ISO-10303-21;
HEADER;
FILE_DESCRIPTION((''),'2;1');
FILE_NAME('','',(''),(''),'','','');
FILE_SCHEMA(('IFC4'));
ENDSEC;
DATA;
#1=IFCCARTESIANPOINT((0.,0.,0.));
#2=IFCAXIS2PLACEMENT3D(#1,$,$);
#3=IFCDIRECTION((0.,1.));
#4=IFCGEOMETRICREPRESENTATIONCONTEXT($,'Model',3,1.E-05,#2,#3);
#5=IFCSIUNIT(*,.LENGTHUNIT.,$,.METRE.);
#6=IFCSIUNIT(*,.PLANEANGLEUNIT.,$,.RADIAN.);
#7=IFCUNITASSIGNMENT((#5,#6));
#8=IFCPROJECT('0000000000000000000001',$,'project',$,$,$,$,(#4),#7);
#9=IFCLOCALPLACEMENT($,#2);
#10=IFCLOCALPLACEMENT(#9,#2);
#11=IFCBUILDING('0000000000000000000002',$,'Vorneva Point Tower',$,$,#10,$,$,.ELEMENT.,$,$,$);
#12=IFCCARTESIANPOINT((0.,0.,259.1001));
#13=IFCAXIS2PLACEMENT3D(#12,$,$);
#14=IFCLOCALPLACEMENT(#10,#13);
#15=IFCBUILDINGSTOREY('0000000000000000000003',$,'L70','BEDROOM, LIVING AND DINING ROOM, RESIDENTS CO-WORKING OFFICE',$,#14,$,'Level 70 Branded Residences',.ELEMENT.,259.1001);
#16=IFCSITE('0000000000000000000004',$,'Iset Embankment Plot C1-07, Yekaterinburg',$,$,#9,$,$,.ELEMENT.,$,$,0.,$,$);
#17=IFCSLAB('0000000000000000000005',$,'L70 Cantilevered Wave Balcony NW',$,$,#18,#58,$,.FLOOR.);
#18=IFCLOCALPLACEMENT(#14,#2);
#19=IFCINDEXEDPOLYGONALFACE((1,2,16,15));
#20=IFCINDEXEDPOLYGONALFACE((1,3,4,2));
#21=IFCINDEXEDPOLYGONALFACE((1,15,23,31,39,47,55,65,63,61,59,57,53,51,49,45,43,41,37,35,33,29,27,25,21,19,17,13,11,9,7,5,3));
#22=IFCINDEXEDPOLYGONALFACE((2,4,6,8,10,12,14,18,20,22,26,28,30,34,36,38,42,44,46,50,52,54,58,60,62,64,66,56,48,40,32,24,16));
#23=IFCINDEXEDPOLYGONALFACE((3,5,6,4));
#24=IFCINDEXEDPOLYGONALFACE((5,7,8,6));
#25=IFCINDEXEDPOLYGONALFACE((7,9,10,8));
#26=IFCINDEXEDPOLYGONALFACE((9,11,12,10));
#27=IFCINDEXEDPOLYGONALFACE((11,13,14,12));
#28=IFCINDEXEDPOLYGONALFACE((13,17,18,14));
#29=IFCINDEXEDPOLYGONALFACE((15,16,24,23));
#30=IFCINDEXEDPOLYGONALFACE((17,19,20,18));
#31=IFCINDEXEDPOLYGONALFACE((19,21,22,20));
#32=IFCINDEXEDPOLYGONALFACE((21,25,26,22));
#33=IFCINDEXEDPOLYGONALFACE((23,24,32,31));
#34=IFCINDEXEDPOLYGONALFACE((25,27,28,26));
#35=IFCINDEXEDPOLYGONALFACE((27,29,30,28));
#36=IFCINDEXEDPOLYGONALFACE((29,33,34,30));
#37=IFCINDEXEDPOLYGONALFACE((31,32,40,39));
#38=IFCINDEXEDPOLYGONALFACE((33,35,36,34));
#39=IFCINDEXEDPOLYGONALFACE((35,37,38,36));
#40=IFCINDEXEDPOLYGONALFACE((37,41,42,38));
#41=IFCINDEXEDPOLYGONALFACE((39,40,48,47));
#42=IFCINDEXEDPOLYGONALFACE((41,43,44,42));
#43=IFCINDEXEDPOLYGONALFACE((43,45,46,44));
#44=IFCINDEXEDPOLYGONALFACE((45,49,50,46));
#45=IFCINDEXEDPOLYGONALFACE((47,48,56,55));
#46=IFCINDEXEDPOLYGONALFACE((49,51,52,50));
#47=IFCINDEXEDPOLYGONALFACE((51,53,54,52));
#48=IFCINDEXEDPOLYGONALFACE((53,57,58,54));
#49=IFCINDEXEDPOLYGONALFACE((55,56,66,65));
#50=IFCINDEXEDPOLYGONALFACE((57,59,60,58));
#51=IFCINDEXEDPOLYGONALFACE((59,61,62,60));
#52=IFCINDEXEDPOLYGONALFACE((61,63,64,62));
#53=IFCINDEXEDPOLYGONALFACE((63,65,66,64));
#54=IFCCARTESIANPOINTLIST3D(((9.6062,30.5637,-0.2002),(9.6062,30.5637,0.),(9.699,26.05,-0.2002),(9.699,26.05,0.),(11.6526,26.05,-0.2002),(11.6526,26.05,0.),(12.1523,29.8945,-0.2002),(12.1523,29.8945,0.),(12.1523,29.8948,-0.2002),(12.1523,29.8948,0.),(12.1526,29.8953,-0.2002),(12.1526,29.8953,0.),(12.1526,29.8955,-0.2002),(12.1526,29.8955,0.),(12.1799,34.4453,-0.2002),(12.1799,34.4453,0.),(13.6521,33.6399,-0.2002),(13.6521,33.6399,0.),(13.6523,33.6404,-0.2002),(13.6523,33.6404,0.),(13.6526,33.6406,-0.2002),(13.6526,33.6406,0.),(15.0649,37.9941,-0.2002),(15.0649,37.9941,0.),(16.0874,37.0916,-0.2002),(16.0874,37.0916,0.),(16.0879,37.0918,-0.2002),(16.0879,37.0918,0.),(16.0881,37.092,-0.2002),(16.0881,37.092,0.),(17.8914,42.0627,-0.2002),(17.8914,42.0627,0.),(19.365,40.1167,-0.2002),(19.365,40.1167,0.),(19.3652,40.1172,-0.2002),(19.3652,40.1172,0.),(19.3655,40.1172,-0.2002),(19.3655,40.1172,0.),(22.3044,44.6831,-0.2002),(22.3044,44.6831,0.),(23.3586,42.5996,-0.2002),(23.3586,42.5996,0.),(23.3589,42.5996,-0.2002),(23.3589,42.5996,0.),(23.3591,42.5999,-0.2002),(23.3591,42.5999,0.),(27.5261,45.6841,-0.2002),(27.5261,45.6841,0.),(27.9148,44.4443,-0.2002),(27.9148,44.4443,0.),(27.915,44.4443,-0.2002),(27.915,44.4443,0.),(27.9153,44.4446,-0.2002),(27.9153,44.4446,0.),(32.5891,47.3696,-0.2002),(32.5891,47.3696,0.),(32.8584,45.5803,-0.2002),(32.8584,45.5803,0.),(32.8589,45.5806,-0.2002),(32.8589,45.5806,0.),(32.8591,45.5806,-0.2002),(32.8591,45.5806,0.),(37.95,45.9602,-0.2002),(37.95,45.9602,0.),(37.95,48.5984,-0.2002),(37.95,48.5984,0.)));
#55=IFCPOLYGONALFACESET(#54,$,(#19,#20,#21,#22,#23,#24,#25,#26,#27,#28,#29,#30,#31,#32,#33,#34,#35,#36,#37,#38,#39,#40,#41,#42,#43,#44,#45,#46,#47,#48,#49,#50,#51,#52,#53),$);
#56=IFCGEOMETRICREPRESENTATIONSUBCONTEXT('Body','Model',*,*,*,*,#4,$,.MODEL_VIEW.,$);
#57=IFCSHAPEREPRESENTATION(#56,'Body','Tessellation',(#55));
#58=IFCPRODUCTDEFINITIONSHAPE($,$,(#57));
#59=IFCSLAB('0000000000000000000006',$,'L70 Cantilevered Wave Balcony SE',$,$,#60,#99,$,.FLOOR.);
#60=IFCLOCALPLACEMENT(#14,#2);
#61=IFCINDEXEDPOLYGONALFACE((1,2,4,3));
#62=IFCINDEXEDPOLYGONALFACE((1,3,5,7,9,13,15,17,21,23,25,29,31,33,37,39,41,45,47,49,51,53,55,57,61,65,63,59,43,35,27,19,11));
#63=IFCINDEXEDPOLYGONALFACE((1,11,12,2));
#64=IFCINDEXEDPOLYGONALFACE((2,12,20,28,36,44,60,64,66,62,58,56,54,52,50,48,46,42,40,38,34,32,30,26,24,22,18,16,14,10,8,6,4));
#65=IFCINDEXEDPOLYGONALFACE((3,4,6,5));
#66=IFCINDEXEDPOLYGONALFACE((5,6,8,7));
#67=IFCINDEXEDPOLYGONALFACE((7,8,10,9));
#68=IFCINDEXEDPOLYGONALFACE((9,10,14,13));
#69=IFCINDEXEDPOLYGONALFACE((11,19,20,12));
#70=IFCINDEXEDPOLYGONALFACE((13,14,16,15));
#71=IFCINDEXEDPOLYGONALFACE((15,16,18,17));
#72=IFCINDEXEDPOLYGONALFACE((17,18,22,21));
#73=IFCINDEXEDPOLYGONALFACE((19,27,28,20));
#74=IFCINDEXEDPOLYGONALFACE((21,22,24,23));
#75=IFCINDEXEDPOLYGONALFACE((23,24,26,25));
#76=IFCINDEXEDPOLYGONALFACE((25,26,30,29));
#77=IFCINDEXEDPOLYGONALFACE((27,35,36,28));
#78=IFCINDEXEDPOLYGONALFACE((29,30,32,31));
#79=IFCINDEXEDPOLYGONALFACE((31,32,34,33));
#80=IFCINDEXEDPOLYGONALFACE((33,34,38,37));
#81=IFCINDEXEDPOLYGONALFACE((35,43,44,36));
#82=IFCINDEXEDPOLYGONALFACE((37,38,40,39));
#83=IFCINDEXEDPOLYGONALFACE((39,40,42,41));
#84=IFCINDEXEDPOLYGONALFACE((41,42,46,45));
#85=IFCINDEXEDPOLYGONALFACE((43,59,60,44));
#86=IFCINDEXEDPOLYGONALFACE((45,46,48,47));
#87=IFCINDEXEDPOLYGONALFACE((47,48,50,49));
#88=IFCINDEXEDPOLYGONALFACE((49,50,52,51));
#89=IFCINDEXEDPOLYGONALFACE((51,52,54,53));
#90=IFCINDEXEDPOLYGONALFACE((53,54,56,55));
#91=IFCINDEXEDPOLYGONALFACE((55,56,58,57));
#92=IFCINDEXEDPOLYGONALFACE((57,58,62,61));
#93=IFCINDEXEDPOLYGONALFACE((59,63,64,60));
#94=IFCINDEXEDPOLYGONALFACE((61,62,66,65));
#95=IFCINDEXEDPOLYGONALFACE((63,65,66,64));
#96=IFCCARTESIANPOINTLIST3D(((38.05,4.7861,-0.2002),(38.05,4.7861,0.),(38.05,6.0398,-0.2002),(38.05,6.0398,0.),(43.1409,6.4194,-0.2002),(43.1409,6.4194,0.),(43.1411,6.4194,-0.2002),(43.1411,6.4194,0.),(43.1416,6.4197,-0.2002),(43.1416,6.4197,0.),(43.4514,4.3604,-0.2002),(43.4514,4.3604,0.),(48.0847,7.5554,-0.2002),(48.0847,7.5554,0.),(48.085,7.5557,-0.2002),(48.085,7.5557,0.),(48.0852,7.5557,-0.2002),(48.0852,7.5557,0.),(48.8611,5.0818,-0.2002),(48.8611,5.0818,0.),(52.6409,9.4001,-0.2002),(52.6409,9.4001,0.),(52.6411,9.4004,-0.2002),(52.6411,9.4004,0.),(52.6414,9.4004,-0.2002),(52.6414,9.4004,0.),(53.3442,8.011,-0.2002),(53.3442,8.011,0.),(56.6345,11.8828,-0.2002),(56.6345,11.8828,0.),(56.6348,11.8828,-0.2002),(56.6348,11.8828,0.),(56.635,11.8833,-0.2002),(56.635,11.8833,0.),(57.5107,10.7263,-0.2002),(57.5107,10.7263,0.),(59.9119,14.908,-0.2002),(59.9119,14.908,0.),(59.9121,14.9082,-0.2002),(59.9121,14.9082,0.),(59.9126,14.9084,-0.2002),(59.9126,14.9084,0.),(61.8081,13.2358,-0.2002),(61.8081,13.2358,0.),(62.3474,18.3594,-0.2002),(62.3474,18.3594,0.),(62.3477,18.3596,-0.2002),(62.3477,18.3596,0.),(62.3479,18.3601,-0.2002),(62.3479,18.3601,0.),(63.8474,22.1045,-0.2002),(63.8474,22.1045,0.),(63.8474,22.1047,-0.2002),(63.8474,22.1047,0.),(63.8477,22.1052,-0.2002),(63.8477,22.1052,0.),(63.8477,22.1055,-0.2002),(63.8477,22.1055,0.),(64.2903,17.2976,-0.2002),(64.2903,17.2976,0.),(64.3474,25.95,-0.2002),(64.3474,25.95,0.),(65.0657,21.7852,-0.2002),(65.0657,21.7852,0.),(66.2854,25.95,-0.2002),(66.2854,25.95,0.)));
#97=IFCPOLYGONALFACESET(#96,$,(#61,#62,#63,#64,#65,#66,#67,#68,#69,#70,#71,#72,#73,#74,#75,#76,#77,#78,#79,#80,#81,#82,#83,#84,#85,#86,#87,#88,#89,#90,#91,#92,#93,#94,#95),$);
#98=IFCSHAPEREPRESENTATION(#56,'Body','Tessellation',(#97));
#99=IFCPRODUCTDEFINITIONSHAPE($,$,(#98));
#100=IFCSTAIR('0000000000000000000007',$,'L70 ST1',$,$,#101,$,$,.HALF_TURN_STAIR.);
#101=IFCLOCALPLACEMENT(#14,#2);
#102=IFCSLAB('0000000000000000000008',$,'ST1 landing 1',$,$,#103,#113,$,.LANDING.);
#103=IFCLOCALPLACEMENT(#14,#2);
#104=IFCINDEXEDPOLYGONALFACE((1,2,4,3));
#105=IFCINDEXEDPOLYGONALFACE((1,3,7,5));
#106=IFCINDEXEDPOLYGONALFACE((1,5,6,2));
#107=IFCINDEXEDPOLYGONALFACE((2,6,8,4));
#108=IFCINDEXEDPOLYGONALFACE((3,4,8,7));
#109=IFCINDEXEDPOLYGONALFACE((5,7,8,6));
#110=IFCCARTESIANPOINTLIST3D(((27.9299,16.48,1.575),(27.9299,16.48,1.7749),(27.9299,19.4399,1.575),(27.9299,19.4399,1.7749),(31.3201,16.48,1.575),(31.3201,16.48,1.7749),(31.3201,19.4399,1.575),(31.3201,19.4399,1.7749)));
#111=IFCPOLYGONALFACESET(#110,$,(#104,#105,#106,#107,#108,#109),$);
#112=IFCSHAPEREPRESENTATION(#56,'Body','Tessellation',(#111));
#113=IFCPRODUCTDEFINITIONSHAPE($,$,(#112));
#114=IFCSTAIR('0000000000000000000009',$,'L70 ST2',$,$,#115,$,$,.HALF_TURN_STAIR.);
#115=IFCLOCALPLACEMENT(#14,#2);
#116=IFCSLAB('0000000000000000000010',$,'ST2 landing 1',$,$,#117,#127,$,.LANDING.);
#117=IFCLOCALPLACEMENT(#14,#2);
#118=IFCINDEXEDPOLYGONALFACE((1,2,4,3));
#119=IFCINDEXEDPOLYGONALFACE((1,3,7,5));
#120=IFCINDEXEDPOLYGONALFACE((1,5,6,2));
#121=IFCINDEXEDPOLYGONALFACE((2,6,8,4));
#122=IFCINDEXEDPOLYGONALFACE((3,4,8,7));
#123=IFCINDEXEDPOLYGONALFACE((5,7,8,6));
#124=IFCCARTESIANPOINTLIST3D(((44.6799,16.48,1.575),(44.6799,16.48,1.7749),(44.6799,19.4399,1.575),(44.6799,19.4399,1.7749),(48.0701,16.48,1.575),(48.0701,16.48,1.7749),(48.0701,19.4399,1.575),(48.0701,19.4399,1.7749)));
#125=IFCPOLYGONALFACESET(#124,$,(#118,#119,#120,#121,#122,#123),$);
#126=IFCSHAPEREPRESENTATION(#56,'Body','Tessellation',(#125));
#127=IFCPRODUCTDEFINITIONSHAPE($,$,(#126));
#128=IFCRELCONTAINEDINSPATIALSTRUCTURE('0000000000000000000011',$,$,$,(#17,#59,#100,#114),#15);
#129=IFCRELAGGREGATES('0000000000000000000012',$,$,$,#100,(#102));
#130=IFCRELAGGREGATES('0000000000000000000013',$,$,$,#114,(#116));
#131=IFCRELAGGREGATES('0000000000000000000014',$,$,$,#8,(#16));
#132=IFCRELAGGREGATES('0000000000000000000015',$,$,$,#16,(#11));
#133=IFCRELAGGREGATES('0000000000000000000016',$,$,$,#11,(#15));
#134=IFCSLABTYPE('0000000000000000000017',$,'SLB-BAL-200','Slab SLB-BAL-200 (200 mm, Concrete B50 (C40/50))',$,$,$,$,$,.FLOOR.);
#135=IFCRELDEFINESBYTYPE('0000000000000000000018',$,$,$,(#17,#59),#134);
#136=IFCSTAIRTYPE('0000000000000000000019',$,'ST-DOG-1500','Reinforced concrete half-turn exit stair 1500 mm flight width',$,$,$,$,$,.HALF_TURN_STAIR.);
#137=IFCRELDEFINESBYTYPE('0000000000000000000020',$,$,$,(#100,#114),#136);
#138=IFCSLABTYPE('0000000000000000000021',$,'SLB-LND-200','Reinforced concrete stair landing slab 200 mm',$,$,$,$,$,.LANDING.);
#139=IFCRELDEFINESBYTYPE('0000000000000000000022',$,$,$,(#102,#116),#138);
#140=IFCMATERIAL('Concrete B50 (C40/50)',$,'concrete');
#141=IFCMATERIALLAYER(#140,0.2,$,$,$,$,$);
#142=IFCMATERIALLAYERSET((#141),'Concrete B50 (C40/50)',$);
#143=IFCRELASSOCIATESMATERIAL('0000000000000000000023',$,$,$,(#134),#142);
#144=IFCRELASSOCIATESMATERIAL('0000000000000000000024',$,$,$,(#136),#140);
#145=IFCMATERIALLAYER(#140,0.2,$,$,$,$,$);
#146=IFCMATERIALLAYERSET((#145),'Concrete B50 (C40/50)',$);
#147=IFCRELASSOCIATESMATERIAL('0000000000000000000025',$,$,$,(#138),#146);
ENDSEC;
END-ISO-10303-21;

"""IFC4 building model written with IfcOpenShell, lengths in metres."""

from ifc_helpers import new_model, si_unit, direction, frame, origin, place, context, subcontext, project, spatial, polyline, outline, extrude, material, layer, layer_set, type_object, element, aggregate, save


model = new_model("IFC4")

# Units and contexts
model_context = context("Model", 3, precision=1e-05, world=origin(), true_north=direction((0.0, 1.0)))
body_context = subcontext(model_context, "Body", "Model", "MODEL_VIEW")
ifc_project = project(units=[si_unit("LENGTHUNIT", "METRE"), si_unit("PLANEANGLEUNIT", "RADIAN")], contexts=[model_context])

# Site, building, storey
site_placement = place(None, origin())
site = spatial("IfcSite", under=ifc_project, at=site_placement, Name="Iset Embankment Plot C1-07, Yekaterinburg", CompositionType="ELEMENT", RefElevation=0.0)
building_placement = place(site_placement, origin())
building = spatial("IfcBuilding", under=site, at=building_placement, Name="Vorneva Point Tower", CompositionType="ELEMENT")
storey_placement = place(building_placement, frame((0.0, 0.0, 259.1001)))
storey = spatial("IfcBuildingStorey", under=building, at=storey_placement, Name="L70", Description="BEDROOM, LIVING AND DINING ROOM, RESIDENTS CO-WORKING OFFICE", LongName="Level 70 Branded Residences", CompositionType="ELEMENT", Elevation=259.1001)

# Shared definitions
ifc_material_1 = material(Name="Concrete B50 (C40/50)", Category="concrete")

# Slabs
ifc_layer_1 = layer(ifc_material_1, 0.2)
ifc_layer_set_1 = layer_set([ifc_layer_1], Name="Concrete B50 (C40/50)")
slab_type_1 = type_object("IfcSlabType", Name="SLB-BAL-200", Description="Slab SLB-BAL-200 (200 mm, Concrete B50 (C40/50))", PredefinedType="FLOOR", material=ifc_layer_set_1)
slab_1_placement = place(storey_placement, frame((0.0, 0.0, -0.2002)))
element("IfcSlab", 1, at=slab_1_placement, inside=storey, type_object=slab_type_1, Name="L70 Cantilevered Wave Balcony NW", PredefinedType="FLOOR", context=body_context, shape_type="SweptSolid", body=[
    extrude(outline(polyline([(9.699, 26.05), (11.6526, 26.05), (12.1523, 29.8945), (12.1523, 29.8948), (12.1526, 29.8953), (12.1526, 29.8955), (13.6521, 33.6399), (13.6523, 33.6404), (13.6526, 33.6406), (16.0874, 37.0916), (16.0879, 37.0918), (16.0881, 37.092), (19.365, 40.1167), (19.3652, 40.1172), (19.3655, 40.1172), (23.3586, 42.5996), (23.3589, 42.5996), (23.3591, 42.5999), (27.9148, 44.4443), (27.915, 44.4443), (27.9153, 44.4446), (32.8584, 45.5803), (32.8589, 45.5806), (32.8591, 45.5806), (37.95, 45.9602), (37.95, 48.5984), (32.5891, 47.3696), (27.5261, 45.6841), (22.3044, 44.6831), (17.8914, 42.0627), (15.0649, 37.9941), (12.1799, 34.4453), (9.6062, 30.5637), (9.699, 26.05)])), origin(), (0.0, 0.0, 1.0), 0.2002),
])
slab_2_placement = place(storey_placement, frame((0.0, 0.0, -0.2002)))
element("IfcSlab", 2, at=slab_2_placement, inside=storey, type_object=slab_type_1, Name="L70 Cantilevered Wave Balcony SE", PredefinedType="FLOOR", context=body_context, shape_type="SweptSolid", body=[
    extrude(outline(polyline([(65.0657, 21.7852), (66.2854, 25.95), (64.3474, 25.95), (63.8477, 22.1055), (63.8477, 22.1052), (63.8474, 22.1047), (63.8474, 22.1045), (62.3479, 18.3601), (62.3477, 18.3596), (62.3474, 18.3594), (59.9126, 14.9084), (59.9121, 14.9082), (59.9119, 14.908), (56.635, 11.8833), (56.6348, 11.8828), (56.6345, 11.8828), (52.6414, 9.4004), (52.6411, 9.4004), (52.6409, 9.4001), (48.0852, 7.5557), (48.085, 7.5557), (48.0847, 7.5554), (43.1416, 6.4197), (43.1411, 6.4194), (43.1409, 6.4194), (38.05, 6.0398), (38.05, 4.7861), (43.4514, 4.3604), (48.8611, 5.0818), (53.3442, 8.011), (57.5107, 10.7263), (61.8081, 13.2358), (64.2903, 17.2976), (65.0657, 21.7852)])), origin(), (0.0, 0.0, 1.0), 0.2002),
])

# Stairs, slabs
stair_type = type_object("IfcStairType", Name="ST-DOG-1500", Description="Reinforced concrete half-turn exit stair 1500 mm flight width", PredefinedType="HALF_TURN_STAIR", material=ifc_material_1)
stair_1_placement = place(storey_placement, origin())
stair_1 = element("IfcStair", 3, at=stair_1_placement, inside=storey, type_object=stair_type, Name="L70 ST1", PredefinedType="HALF_TURN_STAIR")
ifc_layer_2 = layer(ifc_material_1, 0.2)
ifc_layer_set_2 = layer_set([ifc_layer_2], Name="Concrete B50 (C40/50)")
slab_type_2 = type_object("IfcSlabType", Name="SLB-LND-200", Description="Reinforced concrete stair landing slab 200 mm", PredefinedType="LANDING", material=ifc_layer_set_2)
slab_3_placement = place(storey_placement, frame((0.0, 0.0, 1.575)))
slab_3 = element("IfcSlab", 4, at=slab_3_placement, type_object=slab_type_2, Name="ST1 landing 1", PredefinedType="LANDING", context=body_context, shape_type="SweptSolid", body=[
    extrude(outline(polyline([(27.9299, 16.48), (31.3201, 16.48), (31.3201, 19.4399), (27.9299, 19.4399), (27.9299, 16.48)])), origin(), (0.0, 0.0, 1.0), 0.2),
])
aggregate(stair_1, [slab_3])
stair_2_placement = place(storey_placement, origin())
stair_2 = element("IfcStair", 5, at=stair_2_placement, inside=storey, type_object=stair_type, Name="L70 ST2", PredefinedType="HALF_TURN_STAIR")
slab_4_placement = place(storey_placement, frame((0.0, 0.0, 1.575)))
slab_4 = element("IfcSlab", 6, at=slab_4_placement, type_object=slab_type_2, Name="ST2 landing 1", PredefinedType="LANDING", context=body_context, shape_type="SweptSolid", body=[
    extrude(outline(polyline([(44.6799, 16.48), (48.0701, 16.48), (48.0701, 19.4399), (44.6799, 19.4399), (44.6799, 16.48)])), origin(), (0.0, 0.0, 1.0), 0.2),
])
aggregate(stair_2, [slab_4])

save(model, "model.ifc")
